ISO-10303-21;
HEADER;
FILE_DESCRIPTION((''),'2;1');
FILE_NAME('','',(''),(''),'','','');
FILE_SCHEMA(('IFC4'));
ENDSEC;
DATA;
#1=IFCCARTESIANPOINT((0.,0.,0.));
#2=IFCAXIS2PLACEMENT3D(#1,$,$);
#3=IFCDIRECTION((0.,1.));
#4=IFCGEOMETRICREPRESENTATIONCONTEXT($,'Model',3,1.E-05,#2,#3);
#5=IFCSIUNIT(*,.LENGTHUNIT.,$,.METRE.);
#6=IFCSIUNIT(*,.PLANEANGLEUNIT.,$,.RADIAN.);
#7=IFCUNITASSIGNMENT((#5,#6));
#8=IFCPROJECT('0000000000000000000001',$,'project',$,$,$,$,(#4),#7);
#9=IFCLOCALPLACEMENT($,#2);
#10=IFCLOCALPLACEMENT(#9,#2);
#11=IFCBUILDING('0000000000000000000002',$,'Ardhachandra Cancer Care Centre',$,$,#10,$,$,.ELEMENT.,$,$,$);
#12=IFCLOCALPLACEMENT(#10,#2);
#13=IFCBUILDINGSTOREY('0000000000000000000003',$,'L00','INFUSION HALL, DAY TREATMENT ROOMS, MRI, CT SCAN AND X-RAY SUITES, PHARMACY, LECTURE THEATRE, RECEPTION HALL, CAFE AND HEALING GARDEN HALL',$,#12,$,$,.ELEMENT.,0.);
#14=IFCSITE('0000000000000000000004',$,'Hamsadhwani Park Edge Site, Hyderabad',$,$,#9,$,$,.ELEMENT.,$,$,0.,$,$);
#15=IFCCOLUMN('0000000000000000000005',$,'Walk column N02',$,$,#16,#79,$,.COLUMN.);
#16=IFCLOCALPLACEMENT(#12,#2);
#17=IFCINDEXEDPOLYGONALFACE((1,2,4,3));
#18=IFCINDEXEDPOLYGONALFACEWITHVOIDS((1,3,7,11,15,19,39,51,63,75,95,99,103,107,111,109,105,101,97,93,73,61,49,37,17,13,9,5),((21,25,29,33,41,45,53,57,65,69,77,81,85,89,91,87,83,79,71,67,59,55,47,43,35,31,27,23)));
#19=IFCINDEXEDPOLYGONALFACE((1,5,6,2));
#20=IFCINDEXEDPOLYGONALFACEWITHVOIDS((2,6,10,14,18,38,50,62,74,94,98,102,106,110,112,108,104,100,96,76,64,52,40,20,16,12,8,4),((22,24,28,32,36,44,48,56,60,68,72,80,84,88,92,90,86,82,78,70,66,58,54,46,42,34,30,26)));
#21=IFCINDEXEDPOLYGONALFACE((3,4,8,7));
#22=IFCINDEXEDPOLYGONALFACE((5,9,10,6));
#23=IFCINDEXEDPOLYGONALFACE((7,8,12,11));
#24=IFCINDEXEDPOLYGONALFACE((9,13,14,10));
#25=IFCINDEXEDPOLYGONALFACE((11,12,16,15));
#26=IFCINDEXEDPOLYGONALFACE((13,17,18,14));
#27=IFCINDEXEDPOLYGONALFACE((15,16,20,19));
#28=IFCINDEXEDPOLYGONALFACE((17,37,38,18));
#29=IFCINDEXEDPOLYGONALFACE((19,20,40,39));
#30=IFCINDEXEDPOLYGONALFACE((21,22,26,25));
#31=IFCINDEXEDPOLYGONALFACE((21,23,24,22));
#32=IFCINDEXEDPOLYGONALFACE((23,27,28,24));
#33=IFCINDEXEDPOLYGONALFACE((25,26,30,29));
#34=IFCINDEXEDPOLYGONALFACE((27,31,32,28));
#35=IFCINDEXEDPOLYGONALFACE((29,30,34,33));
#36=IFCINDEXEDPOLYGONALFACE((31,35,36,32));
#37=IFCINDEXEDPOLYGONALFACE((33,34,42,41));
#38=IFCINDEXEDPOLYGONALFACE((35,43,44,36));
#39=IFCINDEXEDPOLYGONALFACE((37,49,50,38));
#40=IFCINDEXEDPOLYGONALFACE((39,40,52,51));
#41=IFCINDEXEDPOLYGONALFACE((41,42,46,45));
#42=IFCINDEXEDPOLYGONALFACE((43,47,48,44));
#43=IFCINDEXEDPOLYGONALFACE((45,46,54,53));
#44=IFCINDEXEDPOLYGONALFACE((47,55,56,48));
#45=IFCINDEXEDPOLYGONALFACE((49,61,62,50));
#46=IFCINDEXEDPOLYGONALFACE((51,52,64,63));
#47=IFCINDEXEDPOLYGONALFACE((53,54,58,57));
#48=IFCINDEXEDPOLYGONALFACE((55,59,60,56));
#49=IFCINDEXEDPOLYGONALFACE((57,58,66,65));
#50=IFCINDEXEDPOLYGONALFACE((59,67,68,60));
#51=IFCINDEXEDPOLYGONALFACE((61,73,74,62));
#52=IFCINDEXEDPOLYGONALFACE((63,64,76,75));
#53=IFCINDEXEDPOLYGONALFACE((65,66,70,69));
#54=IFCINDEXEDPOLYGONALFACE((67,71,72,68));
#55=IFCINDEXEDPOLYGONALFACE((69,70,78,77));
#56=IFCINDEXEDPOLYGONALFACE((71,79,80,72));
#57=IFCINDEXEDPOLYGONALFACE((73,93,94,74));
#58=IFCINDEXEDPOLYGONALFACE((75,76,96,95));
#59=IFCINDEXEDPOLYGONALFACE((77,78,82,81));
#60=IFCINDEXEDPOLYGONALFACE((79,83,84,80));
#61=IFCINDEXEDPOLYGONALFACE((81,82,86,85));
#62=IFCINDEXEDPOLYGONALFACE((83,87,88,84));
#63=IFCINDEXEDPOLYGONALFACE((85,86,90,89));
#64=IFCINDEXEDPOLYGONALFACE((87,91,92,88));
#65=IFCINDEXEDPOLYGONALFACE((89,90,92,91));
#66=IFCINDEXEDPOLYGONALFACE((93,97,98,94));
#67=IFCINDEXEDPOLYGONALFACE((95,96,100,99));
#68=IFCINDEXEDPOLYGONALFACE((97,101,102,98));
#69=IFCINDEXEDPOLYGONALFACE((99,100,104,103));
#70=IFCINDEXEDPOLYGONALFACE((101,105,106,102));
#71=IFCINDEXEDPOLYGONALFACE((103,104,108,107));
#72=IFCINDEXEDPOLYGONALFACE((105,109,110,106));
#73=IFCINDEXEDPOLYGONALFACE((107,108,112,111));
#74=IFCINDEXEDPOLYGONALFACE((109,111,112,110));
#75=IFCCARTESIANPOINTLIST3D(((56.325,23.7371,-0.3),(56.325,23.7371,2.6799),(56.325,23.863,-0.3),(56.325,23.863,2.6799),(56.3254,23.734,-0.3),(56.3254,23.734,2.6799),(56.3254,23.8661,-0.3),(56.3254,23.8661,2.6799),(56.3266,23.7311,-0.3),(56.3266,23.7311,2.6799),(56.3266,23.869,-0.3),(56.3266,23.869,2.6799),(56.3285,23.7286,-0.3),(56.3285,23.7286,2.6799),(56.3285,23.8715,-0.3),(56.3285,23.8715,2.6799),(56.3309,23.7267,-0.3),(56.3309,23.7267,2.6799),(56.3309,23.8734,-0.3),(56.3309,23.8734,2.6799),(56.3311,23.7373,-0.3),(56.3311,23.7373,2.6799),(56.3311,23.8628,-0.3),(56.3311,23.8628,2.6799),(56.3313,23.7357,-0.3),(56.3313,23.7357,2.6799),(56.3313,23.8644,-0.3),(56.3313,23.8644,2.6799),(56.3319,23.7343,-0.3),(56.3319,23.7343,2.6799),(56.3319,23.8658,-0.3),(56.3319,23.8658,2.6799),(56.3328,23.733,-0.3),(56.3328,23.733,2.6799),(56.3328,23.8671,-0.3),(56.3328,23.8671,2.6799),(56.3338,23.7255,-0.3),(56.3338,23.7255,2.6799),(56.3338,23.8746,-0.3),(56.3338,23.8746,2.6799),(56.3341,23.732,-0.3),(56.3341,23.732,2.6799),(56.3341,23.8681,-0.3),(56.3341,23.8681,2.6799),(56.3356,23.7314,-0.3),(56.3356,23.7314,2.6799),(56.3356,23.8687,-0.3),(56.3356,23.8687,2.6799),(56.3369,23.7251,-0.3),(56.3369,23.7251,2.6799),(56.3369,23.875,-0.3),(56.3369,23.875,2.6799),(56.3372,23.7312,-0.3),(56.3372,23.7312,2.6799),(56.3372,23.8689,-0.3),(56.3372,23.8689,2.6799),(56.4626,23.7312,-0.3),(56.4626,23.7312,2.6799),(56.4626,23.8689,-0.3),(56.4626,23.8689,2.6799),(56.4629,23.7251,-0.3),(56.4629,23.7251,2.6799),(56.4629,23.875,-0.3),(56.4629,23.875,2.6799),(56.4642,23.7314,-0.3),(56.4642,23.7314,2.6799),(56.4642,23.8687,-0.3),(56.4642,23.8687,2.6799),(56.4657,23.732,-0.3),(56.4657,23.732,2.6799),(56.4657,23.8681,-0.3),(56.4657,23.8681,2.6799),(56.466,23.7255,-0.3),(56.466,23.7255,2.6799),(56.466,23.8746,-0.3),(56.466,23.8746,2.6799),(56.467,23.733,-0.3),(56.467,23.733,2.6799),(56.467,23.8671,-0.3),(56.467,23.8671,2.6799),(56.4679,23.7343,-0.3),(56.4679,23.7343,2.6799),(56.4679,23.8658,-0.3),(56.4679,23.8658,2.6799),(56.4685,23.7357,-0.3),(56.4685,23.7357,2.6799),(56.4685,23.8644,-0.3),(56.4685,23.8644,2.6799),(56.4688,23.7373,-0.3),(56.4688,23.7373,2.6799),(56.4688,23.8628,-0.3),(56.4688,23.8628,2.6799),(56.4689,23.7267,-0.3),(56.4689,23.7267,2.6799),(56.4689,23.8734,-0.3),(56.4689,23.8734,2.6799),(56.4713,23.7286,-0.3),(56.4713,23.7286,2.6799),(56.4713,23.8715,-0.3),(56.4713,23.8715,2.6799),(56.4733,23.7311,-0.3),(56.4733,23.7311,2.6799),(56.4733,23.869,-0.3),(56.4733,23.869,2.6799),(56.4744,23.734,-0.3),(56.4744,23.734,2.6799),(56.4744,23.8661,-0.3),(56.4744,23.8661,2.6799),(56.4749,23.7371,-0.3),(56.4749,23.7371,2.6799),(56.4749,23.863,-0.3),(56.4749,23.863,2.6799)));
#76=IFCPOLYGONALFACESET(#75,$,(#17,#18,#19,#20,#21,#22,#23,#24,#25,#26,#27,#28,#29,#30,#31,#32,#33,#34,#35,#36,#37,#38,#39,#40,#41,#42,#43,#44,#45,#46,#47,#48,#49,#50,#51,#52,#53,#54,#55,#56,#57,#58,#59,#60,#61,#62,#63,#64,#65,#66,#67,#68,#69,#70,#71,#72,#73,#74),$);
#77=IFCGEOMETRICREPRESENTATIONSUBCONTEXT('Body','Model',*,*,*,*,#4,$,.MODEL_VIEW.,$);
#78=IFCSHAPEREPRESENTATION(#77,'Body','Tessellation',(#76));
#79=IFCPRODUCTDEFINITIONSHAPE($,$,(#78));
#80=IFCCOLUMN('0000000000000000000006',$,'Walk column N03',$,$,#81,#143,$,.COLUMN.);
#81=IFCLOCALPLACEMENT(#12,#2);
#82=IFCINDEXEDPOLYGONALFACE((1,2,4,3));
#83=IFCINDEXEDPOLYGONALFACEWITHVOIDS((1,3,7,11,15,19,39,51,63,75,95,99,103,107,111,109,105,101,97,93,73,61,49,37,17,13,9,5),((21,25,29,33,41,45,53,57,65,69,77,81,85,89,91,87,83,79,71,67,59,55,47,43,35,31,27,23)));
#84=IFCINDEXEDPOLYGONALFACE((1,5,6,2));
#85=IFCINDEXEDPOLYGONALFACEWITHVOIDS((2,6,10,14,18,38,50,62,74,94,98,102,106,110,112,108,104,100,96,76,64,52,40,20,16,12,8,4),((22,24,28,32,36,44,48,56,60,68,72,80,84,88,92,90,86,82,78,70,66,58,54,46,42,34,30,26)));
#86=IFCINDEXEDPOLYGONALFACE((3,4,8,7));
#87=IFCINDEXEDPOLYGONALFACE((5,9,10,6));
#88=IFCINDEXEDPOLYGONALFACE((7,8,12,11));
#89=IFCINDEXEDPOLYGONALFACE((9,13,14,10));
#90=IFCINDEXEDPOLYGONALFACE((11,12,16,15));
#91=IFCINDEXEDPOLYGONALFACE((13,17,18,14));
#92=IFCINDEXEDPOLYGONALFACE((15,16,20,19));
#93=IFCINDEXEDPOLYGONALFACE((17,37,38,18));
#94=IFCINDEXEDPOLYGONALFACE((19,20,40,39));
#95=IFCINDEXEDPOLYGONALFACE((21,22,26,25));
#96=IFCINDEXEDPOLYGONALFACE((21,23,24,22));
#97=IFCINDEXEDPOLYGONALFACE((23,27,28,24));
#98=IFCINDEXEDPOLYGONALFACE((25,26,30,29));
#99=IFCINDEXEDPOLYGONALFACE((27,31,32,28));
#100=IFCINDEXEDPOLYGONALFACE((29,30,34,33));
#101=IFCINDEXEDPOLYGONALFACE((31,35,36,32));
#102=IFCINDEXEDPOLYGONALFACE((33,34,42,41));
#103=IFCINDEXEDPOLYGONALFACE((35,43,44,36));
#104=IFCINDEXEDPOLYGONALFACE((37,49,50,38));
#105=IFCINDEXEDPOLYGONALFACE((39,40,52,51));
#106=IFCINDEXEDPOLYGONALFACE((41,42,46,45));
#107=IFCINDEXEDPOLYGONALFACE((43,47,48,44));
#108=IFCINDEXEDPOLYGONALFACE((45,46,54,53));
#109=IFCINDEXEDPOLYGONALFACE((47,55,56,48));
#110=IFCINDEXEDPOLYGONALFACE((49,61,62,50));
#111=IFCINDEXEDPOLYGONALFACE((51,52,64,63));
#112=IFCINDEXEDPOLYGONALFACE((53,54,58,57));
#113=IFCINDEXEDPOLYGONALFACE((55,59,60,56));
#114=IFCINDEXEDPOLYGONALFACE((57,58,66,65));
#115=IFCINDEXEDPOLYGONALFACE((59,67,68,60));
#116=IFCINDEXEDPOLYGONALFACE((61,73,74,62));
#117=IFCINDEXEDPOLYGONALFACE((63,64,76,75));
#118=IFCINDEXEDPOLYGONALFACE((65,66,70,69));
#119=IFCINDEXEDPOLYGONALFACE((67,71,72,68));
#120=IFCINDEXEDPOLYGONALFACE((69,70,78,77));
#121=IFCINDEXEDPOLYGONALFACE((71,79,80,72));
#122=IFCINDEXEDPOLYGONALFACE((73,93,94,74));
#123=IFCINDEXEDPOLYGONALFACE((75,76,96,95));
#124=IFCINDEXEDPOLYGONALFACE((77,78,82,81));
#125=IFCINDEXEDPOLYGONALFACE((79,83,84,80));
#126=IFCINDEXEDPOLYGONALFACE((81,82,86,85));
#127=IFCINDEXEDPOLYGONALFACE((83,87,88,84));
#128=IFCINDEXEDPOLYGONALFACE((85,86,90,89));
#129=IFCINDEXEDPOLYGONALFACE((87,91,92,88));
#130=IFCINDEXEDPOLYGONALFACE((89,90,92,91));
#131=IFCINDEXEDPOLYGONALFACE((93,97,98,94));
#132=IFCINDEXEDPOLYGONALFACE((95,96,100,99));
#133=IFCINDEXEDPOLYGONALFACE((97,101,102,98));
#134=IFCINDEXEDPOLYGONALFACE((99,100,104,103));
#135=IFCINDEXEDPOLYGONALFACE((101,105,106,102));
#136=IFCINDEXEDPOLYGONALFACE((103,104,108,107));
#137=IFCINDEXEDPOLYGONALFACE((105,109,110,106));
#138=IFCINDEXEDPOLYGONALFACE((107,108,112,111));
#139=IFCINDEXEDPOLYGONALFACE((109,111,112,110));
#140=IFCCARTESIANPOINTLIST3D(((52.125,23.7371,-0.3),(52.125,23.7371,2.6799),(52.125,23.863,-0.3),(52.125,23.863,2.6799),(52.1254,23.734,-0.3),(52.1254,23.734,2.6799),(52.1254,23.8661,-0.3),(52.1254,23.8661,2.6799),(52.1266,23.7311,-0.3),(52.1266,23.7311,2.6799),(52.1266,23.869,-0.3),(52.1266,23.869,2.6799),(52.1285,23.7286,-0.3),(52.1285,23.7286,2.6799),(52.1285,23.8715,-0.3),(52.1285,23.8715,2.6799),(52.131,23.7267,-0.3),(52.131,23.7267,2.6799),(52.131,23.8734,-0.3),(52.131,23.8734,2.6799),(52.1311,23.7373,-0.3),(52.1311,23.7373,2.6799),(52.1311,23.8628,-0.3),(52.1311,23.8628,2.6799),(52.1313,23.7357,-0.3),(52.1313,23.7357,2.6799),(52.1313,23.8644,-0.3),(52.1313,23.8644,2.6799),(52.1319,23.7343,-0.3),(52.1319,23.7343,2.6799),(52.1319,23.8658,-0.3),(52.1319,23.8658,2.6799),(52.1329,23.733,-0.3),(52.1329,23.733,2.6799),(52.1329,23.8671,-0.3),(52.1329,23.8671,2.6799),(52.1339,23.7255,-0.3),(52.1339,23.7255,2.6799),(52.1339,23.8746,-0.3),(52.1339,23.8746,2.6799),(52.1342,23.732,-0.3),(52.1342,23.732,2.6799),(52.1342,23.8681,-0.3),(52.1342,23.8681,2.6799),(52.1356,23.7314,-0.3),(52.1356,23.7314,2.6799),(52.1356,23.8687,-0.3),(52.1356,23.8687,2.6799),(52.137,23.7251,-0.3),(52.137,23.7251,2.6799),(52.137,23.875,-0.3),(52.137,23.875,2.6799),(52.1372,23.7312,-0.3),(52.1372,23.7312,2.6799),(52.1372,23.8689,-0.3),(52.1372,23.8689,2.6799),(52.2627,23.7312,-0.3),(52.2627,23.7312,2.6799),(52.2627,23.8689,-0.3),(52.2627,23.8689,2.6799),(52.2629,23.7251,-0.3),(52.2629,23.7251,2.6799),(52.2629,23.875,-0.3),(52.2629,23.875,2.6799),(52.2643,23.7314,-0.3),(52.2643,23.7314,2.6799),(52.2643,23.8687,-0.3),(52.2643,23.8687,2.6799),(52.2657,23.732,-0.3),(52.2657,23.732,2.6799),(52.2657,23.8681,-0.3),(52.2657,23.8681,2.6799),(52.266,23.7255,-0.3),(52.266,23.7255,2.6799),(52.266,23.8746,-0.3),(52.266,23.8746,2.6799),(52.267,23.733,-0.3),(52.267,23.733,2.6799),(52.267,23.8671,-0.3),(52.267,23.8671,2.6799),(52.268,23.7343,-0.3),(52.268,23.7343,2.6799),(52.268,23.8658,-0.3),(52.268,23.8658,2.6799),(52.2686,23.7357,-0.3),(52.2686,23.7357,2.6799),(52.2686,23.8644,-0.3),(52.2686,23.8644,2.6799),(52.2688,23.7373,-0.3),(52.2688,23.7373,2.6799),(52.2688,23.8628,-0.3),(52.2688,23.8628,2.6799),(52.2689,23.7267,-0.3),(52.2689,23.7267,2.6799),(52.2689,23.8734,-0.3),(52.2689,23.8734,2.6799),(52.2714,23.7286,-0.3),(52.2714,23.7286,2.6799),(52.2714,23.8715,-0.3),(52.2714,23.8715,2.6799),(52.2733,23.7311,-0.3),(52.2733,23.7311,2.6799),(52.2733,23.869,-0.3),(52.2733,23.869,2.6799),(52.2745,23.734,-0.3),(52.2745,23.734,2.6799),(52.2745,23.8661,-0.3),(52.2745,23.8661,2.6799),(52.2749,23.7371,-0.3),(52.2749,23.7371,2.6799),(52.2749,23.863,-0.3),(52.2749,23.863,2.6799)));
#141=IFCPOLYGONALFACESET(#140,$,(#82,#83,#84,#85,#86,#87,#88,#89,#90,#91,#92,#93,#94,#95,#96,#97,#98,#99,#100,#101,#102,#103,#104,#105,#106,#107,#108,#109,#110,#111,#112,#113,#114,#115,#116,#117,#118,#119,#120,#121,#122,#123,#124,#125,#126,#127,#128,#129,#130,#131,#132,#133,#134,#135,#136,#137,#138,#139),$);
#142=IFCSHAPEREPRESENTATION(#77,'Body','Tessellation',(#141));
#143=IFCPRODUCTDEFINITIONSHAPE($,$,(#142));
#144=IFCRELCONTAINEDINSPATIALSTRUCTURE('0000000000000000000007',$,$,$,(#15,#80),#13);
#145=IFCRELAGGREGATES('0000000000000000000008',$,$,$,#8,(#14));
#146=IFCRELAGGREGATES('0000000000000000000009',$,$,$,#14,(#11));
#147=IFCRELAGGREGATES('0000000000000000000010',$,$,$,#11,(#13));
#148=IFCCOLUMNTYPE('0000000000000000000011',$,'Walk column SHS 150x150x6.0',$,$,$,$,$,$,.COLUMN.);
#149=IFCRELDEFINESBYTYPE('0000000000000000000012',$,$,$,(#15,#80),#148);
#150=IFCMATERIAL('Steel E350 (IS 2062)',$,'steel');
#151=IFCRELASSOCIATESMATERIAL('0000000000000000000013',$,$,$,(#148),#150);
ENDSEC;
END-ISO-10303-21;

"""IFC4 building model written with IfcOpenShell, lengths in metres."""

from ifc_helpers import new_model, si_unit, direction, frame, origin, origin_2d, place, context, subcontext, project, spatial, hollow_rectangle, extrude, material, material_profile, profile_set, type_object, element, save


model = new_model("IFC4")

# Units and contexts
model_context = context("Model", 3, precision=1e-05, world=origin(), true_north=direction((0.0, 1.0)))
body_context = subcontext(model_context, "Body", "Model", "MODEL_VIEW")
ifc_project = project(units=[si_unit("LENGTHUNIT", "METRE"), si_unit("PLANEANGLEUNIT", "RADIAN")], contexts=[model_context])

# Site, building, storey
site_placement = place(None, origin())
site = spatial("IfcSite", under=ifc_project, at=site_placement, Name="Hamsadhwani Park Edge Site, Hyderabad", CompositionType="ELEMENT", RefElevation=0.0)
building_placement = place(site_placement, origin())
building = spatial("IfcBuilding", under=site, at=building_placement, Name="Ardhachandra Cancer Care Centre", CompositionType="ELEMENT")
storey_placement = place(building_placement, origin())
storey = spatial("IfcBuildingStorey", under=building, at=storey_placement, Name="L00", Description="INFUSION HALL, DAY TREATMENT ROOMS, MRI, CT SCAN AND X-RAY SUITES, PHARMACY, LECTURE THEATRE, RECEPTION HALL, CAFE AND HEALING GARDEN HALL", CompositionType="ELEMENT", Elevation=0.0)

# Columns
ifc_material_1 = material(Name="Steel E350 (IS 2062)", Category="steel")
ifc_material_profile_1 = material_profile(ifc_material_1, hollow_rectangle(XDim=0.1499, YDim=0.1499, WallThickness=0.0061, InnerFilletRadius=0.0061, OuterFilletRadius=0.012, at=origin_2d()), Name="SHS 150x150x6.0")
ifc_profile_set_1 = profile_set([ifc_material_profile_1], Name="Steel E350 (IS 2062)")
column_type_1 = type_object("IfcColumnType", Name="Walk column SHS 150x150x6.0", PredefinedType="COLUMN", material=ifc_profile_set_1)
for number, where, z_axis, x_axis, name in (
    (1, (56.3999, 23.8, -0.3), (0.0, 0.0, 1.0), (1.0, 0.0, 0.0), "Walk column N02"),
    (2, (52.2, 23.8, -0.3), (0.0, 0.0, 1.0), (1.0, 0.0, 0.0), "Walk column N03"),
):
    element("IfcColumn", number, at=place(storey_placement, frame(where, z_axis=z_axis, x_axis=x_axis)), inside=storey, type_object=column_type_1, Name=name, PredefinedType="COLUMN", context=body_context, shape_type="SweptSolid", body=[
        extrude(hollow_rectangle(XDim=0.1499, YDim=0.1499, WallThickness=0.0061, InnerFilletRadius=0.0061, OuterFilletRadius=0.012, at=origin_2d()), origin(), (0.0, 0.0, 1.0), 2.98),
    ])

save(model, "model.ifc")
